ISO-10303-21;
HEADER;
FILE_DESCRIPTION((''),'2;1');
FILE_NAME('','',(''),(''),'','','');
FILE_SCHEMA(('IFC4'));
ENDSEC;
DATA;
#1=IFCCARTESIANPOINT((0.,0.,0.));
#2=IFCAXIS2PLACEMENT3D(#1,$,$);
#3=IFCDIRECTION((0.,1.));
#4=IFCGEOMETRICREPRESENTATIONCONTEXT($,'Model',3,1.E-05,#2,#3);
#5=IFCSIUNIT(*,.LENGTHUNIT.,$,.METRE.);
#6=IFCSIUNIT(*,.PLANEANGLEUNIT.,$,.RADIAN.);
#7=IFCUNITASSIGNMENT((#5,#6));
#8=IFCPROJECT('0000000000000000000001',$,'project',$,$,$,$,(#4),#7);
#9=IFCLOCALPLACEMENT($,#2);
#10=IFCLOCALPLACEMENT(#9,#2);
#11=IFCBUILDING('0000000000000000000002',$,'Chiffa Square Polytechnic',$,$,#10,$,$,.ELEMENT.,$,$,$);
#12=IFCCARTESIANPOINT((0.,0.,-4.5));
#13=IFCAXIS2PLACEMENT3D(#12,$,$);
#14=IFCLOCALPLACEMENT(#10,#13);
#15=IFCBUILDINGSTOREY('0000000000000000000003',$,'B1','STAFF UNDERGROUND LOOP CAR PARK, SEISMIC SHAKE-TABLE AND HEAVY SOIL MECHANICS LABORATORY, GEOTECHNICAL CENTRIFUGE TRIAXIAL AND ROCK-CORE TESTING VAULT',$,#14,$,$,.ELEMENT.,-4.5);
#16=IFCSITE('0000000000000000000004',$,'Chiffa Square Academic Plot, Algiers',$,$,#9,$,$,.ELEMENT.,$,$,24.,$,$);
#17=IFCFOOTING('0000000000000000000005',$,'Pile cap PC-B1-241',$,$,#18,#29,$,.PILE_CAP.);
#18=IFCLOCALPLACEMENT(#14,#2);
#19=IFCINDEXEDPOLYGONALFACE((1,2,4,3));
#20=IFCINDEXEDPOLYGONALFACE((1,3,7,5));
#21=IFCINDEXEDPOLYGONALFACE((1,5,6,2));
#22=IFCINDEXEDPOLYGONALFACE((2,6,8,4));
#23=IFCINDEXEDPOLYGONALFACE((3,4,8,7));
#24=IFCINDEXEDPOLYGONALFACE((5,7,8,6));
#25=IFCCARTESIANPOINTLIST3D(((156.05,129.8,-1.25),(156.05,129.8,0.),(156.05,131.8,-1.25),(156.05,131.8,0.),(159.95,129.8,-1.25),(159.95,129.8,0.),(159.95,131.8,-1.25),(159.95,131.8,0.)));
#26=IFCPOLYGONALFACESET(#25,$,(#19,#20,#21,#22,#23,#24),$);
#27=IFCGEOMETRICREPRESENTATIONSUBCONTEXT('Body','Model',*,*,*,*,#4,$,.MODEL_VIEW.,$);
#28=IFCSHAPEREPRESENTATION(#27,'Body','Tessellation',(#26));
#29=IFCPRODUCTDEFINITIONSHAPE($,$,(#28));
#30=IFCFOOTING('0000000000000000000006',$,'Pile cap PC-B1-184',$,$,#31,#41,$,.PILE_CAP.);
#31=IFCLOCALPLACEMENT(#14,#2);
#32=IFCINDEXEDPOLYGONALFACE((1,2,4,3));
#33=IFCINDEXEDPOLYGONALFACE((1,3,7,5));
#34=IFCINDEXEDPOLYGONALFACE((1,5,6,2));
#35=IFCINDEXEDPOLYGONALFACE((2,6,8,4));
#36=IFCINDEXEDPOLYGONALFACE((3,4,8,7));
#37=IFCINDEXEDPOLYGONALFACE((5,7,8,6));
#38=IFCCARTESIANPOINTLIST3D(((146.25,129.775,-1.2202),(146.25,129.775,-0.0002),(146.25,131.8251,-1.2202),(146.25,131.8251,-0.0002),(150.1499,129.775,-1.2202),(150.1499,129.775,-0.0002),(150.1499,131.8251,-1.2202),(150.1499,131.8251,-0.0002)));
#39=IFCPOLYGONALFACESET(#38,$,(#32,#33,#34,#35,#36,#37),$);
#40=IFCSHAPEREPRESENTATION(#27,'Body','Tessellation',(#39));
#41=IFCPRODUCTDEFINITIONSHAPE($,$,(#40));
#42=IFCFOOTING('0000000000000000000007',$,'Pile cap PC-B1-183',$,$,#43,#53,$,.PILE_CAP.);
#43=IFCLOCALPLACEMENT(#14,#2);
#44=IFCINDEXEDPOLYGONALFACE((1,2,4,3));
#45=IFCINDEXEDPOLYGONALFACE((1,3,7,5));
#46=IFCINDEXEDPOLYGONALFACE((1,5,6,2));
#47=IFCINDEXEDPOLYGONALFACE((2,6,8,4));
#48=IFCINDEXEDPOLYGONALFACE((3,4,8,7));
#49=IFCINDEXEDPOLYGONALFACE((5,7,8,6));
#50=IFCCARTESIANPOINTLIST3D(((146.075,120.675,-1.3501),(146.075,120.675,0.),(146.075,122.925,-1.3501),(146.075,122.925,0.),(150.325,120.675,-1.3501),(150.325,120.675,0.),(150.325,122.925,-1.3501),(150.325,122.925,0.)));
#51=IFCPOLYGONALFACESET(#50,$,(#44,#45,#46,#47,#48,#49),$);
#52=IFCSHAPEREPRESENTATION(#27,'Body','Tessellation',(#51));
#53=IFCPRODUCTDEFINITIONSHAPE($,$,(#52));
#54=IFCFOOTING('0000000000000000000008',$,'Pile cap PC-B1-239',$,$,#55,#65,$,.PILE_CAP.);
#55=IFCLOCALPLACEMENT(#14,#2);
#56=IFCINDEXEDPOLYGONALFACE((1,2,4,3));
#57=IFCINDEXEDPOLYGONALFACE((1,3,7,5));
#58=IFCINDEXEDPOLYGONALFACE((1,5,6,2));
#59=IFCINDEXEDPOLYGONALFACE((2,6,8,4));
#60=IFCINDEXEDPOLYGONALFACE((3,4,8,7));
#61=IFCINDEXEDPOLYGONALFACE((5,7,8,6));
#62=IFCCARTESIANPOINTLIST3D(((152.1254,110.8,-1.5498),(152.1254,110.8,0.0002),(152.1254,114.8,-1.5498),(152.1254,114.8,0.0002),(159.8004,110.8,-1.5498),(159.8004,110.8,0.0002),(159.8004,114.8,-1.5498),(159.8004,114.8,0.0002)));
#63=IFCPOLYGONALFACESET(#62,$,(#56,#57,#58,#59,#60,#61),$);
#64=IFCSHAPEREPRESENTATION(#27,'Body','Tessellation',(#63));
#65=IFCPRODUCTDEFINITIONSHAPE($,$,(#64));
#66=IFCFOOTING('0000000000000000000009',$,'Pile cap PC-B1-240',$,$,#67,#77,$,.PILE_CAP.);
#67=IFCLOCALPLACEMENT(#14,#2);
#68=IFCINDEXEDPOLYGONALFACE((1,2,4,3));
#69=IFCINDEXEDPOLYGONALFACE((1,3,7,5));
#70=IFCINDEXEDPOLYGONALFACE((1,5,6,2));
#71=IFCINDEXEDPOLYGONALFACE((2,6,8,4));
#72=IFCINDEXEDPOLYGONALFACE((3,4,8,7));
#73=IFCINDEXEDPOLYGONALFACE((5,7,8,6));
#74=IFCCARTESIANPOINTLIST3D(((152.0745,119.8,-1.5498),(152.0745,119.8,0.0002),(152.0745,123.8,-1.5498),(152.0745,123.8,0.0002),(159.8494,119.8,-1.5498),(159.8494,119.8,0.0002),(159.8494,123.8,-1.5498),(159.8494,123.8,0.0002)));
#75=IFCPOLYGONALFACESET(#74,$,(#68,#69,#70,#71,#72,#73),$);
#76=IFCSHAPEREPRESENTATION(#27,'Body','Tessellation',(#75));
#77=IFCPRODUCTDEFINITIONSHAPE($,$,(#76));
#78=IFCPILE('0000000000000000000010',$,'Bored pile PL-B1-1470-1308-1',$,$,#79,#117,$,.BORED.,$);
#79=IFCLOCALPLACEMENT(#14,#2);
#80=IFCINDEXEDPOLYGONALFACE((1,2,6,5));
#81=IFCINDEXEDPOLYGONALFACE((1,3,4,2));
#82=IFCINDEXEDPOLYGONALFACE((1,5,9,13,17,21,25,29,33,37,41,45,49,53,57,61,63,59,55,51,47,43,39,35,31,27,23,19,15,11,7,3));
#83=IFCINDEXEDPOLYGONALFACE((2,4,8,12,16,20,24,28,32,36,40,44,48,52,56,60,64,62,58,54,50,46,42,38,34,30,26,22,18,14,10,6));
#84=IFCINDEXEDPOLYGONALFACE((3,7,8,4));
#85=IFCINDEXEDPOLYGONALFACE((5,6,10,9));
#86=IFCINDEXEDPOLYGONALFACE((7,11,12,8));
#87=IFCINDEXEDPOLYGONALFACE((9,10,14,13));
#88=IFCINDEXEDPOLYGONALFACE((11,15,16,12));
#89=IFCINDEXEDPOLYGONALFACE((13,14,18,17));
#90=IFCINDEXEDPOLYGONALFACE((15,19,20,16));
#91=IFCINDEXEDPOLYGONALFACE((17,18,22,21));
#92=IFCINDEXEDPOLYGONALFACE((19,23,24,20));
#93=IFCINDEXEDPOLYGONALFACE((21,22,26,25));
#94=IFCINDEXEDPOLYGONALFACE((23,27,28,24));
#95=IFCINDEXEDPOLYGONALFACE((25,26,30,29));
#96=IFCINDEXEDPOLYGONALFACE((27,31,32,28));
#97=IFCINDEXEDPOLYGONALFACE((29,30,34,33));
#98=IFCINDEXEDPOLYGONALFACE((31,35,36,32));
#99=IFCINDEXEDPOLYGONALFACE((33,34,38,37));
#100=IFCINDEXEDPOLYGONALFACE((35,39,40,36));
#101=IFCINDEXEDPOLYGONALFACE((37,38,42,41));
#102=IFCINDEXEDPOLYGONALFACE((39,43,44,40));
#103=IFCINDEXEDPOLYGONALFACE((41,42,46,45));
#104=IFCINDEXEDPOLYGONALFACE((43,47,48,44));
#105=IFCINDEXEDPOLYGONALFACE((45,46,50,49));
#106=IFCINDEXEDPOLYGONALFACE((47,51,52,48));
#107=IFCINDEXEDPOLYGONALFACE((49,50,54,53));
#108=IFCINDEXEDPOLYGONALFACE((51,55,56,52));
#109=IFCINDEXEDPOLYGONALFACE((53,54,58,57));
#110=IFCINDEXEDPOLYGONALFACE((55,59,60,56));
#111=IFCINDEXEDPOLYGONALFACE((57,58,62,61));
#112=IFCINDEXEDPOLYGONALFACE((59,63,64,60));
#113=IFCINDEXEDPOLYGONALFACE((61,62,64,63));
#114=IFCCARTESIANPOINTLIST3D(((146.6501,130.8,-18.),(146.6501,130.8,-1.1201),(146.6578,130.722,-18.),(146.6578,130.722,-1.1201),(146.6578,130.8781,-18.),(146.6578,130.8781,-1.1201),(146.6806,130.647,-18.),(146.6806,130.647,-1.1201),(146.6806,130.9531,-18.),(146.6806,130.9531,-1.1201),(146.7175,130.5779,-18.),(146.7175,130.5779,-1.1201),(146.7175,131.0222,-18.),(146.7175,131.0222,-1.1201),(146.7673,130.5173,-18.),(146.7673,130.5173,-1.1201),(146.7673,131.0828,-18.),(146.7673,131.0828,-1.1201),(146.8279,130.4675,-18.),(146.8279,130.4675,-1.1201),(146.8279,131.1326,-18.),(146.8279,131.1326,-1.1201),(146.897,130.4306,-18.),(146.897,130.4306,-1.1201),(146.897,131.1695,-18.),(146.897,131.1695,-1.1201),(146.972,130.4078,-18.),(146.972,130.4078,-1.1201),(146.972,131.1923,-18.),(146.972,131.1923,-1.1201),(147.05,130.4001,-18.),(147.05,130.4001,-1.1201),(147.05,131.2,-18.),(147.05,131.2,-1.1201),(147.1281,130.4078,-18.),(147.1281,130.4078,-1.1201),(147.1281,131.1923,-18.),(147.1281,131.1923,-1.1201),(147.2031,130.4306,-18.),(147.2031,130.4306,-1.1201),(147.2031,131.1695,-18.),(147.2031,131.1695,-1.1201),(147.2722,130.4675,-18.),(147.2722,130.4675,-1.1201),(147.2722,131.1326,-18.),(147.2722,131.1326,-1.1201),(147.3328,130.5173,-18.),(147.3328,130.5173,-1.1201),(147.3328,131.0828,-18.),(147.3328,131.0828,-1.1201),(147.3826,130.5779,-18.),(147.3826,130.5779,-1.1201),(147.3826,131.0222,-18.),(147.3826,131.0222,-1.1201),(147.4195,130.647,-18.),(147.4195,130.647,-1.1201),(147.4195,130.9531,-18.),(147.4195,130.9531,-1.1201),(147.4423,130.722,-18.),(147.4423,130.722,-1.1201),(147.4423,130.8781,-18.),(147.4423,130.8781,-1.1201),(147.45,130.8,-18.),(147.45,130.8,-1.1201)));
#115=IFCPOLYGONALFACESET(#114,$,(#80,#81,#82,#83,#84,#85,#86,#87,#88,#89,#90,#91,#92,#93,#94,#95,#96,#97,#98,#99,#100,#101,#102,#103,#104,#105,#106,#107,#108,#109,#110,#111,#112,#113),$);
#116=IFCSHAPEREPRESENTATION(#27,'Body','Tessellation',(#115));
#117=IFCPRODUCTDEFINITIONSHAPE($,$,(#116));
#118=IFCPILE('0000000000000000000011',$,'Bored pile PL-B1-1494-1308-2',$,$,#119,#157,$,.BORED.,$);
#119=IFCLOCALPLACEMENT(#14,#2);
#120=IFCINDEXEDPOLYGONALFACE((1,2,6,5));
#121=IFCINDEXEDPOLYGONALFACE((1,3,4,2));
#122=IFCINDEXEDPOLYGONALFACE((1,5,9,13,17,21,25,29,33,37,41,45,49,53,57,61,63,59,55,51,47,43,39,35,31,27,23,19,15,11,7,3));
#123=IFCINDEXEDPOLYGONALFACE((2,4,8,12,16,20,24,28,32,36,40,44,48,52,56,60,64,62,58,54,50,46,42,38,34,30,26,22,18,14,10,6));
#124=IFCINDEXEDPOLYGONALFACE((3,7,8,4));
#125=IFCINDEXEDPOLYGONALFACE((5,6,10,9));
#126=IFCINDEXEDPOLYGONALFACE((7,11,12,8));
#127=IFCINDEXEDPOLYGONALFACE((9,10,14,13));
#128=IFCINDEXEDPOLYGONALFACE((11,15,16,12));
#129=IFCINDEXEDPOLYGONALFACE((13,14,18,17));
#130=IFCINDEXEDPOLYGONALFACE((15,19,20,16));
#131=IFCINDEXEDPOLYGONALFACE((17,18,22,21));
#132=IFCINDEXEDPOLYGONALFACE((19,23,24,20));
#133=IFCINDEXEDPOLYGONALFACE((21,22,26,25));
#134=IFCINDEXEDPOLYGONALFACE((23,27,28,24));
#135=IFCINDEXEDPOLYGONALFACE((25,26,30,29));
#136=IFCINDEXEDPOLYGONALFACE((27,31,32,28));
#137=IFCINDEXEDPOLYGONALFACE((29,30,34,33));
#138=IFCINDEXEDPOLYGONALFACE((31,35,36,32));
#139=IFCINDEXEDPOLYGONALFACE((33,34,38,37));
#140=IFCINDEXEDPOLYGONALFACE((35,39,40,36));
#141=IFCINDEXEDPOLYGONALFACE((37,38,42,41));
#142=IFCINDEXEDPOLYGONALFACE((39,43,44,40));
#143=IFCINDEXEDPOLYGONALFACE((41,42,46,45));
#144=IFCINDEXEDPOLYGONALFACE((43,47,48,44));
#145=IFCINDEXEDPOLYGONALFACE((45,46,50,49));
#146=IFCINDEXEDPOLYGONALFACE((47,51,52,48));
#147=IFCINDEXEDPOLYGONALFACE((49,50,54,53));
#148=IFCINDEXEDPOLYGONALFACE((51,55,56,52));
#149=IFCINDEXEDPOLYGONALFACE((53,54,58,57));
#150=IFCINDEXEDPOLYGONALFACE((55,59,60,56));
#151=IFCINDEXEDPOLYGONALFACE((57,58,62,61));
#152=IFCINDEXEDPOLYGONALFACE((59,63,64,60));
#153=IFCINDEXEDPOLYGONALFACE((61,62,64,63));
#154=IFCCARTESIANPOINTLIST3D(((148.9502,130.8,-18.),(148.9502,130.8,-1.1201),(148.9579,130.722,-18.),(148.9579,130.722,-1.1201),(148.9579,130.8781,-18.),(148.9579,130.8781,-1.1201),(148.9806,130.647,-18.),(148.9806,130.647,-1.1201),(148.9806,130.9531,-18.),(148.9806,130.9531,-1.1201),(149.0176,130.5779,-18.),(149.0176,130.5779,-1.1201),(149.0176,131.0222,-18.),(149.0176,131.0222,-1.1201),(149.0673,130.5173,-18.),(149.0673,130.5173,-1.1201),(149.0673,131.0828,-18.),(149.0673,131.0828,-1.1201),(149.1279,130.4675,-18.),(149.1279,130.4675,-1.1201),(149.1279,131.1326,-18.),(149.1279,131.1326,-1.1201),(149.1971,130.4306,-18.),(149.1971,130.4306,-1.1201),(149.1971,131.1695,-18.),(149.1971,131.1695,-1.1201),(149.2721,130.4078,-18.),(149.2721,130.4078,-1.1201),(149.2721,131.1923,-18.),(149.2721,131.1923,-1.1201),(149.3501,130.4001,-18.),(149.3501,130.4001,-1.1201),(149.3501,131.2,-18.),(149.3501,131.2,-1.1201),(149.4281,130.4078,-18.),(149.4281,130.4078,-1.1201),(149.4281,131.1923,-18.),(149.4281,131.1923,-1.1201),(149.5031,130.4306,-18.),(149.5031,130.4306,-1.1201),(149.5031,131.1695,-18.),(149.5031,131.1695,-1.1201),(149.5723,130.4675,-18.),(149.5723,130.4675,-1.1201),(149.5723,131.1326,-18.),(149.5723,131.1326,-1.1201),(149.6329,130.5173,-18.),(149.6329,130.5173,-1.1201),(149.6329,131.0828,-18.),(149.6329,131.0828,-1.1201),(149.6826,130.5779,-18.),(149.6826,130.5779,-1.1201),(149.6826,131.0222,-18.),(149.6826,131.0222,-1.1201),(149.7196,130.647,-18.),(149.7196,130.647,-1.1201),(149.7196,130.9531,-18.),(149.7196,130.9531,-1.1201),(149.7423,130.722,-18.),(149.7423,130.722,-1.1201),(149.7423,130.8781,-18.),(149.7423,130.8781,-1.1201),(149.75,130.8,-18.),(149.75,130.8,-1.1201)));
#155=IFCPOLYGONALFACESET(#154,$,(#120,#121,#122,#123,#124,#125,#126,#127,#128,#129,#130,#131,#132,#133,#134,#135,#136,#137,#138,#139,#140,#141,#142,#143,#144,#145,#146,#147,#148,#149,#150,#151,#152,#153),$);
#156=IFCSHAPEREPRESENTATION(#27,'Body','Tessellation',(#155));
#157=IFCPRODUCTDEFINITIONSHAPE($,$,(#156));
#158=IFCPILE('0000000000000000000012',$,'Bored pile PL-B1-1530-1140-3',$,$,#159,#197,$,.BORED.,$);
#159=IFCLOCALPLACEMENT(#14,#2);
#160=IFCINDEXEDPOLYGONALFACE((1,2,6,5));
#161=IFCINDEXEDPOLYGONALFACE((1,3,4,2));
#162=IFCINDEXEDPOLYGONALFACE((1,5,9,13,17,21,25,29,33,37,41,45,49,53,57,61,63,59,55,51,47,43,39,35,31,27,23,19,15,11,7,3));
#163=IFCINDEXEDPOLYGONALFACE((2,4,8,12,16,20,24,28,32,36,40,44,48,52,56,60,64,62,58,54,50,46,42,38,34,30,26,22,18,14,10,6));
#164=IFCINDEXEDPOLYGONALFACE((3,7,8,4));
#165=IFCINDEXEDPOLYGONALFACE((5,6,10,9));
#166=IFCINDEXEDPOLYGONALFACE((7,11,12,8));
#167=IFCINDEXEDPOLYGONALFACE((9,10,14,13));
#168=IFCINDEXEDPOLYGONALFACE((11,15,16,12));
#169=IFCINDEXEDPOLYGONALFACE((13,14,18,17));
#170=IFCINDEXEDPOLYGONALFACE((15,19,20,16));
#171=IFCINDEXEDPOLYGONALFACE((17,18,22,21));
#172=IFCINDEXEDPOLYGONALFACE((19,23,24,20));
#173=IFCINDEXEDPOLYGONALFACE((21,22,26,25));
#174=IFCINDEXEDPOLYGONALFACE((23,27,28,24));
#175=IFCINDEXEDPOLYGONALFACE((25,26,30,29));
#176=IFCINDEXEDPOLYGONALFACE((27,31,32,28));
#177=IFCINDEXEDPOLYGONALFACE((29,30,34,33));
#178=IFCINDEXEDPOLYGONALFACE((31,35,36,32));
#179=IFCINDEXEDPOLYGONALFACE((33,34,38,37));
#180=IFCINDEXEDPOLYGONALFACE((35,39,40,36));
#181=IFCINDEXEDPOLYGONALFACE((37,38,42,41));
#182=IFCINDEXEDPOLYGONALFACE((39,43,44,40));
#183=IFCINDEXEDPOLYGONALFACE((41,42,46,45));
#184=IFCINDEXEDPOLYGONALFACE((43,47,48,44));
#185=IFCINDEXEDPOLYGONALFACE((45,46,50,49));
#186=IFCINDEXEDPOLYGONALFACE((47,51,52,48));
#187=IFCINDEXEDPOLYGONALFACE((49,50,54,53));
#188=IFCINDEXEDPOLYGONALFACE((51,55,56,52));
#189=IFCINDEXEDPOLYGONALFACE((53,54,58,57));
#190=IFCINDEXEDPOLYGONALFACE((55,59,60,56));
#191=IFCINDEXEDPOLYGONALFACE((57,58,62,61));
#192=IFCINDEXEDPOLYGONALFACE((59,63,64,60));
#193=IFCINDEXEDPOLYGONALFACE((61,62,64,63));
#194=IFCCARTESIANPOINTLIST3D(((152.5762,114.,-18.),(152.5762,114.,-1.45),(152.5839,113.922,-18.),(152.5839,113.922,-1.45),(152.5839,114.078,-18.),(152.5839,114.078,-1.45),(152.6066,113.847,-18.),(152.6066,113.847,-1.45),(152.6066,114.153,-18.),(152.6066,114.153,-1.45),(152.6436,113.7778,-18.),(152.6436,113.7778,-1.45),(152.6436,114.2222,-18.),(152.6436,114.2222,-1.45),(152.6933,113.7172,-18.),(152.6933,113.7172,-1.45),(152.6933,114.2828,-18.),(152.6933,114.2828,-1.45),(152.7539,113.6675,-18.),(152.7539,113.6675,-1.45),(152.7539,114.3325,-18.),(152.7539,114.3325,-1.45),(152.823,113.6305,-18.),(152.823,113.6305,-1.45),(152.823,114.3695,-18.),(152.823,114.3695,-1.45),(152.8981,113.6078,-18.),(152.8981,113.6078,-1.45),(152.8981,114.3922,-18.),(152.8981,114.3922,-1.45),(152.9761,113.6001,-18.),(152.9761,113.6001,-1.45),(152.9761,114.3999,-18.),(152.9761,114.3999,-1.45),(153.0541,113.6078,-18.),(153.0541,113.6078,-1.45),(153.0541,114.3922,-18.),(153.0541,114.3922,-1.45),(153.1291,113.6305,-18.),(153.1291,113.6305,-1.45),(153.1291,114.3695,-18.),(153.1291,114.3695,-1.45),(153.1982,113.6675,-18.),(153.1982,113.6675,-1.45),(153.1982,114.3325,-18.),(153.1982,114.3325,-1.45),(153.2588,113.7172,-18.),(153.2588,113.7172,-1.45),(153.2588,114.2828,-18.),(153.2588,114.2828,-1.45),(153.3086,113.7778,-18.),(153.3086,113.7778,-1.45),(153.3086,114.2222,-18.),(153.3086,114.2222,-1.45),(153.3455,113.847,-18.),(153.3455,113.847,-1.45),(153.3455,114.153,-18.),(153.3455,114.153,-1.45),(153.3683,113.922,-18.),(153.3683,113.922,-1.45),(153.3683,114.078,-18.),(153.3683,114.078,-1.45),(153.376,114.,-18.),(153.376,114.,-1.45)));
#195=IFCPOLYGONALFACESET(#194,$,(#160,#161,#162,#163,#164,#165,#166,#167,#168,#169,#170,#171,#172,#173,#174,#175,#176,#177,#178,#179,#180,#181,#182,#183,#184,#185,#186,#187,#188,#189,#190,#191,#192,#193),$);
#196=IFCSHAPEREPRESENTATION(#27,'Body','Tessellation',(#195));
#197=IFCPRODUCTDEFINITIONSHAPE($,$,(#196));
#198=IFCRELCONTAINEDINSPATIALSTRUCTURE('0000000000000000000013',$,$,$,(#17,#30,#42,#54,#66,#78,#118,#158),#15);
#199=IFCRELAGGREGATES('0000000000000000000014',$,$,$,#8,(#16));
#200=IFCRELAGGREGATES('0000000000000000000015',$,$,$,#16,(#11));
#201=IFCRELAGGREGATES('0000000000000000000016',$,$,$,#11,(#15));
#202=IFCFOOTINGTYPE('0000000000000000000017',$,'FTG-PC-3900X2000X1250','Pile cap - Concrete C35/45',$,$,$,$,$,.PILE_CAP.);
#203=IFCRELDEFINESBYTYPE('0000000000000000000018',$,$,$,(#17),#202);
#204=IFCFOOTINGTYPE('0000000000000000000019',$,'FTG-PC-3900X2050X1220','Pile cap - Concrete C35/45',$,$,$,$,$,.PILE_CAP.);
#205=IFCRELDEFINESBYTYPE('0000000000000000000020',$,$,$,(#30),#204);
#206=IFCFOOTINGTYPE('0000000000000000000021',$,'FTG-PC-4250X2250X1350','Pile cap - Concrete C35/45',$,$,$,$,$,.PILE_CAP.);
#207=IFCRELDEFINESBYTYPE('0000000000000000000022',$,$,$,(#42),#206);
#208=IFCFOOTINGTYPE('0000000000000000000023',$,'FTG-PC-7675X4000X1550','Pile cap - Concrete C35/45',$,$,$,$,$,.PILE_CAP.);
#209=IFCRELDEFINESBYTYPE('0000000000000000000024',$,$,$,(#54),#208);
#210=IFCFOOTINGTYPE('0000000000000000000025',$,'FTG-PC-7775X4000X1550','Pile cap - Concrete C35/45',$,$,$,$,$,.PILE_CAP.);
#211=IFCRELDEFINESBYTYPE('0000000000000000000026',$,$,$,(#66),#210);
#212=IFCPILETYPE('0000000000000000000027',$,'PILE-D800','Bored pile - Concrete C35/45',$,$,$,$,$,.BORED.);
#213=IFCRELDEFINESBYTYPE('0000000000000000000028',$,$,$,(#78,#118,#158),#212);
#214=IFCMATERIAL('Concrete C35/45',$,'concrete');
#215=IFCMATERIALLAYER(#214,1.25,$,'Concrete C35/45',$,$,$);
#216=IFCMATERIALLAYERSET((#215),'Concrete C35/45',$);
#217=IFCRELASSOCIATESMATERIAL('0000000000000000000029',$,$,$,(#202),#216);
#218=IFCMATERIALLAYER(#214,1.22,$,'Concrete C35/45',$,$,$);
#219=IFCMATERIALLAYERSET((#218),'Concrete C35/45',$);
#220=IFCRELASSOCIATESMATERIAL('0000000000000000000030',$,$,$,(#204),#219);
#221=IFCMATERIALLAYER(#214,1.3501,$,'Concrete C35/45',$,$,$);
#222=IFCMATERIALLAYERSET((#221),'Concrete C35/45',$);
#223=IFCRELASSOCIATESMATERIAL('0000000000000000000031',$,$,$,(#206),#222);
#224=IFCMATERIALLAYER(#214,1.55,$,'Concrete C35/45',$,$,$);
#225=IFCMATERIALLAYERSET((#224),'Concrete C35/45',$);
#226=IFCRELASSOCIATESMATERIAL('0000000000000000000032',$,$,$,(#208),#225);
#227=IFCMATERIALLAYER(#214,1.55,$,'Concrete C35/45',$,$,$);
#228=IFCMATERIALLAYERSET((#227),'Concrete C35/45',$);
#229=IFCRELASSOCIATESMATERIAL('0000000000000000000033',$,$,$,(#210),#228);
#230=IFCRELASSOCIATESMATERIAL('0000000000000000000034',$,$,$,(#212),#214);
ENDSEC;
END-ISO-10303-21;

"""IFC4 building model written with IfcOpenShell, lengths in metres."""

from ifc_helpers import new_model, si_unit, direction, frame, origin, origin_2d, place, context, subcontext, project, spatial, rectangle, circle, extrude, material, layer, layer_set, material_profile, profile_set, type_object, element, save


model = new_model("IFC4")

# Units and contexts
model_context = context("Model", 3, precision=1e-05, world=origin(), true_north=direction((0.0, 1.0)))
body_context = subcontext(model_context, "Body", "Model", "MODEL_VIEW")
ifc_project = project(units=[si_unit("LENGTHUNIT", "METRE"), si_unit("PLANEANGLEUNIT", "RADIAN")], contexts=[model_context])

# Site, building, storey
site_placement = place(None, origin())
site = spatial("IfcSite", under=ifc_project, at=site_placement, Name="Chiffa Square Academic Plot, Algiers", CompositionType="ELEMENT", RefElevation=24.0)
building_placement = place(site_placement, origin())
building = spatial("IfcBuilding", under=site, at=building_placement, Name="Chiffa Square Polytechnic", CompositionType="ELEMENT")
storey_placement = place(building_placement, frame((0.0, 0.0, -4.5)))
storey = spatial("IfcBuildingStorey", under=building, at=storey_placement, Name="B1", Description="STAFF UNDERGROUND LOOP CAR PARK, SEISMIC SHAKE-TABLE AND HEAVY SOIL MECHANICS LABORATORY, GEOTECHNICAL CENTRIFUGE TRIAXIAL AND ROCK-CORE TESTING VAULT", CompositionType="ELEMENT", Elevation=-4.5)

# Footings
ifc_material_1 = material(Name="Concrete C35/45", Category="concrete")
ifc_layer_1 = layer(ifc_material_1, 1.25, Name="Concrete C35/45")
ifc_layer_set_1 = layer_set([ifc_layer_1], Name="Concrete C35/45")
footing_type_1 = type_object("IfcFootingType", Name="FTG-PC-3900X2000X1250", Description="Pile cap - Concrete C35/45", PredefinedType="PILE_CAP", material=ifc_layer_set_1)
footing_1_placement = place(storey_placement, frame((158.0, 130.8, -1.25), z_axis=(0.0, 0.0, 1.0), x_axis=(1.0, 0.0, 0.0)))
element("IfcFooting", 1, at=footing_1_placement, inside=storey, type_object=footing_type_1, Name="Pile cap PC-B1-241", PredefinedType="PILE_CAP", context=body_context, shape_type="SweptSolid", body=[
    extrude(rectangle(XDim=3.8999, YDim=2.0, at=origin_2d()), origin(), (0.0, 0.0, 1.0), 1.25),
])
ifc_layer_2 = layer(ifc_material_1, 1.22, Name="Concrete C35/45")
ifc_layer_set_2 = layer_set([ifc_layer_2], Name="Concrete C35/45")
footing_type_2 = type_object("IfcFootingType", Name="FTG-PC-3900X2050X1220", Description="Pile cap - Concrete C35/45", PredefinedType="PILE_CAP", material=ifc_layer_set_2)
footing_2_placement = place(storey_placement, frame((148.2, 130.8, -1.2202), z_axis=(0.0, 0.0, 1.0), x_axis=(1.0, 0.0, 0.0)))
element("IfcFooting", 2, at=footing_2_placement, inside=storey, type_object=footing_type_2, Name="Pile cap PC-B1-184", PredefinedType="PILE_CAP", context=body_context, shape_type="SweptSolid", body=[
    extrude(rectangle(XDim=3.8999, YDim=2.05, at=origin_2d()), origin(), (0.0, 0.0, 1.0), 1.22),
])
ifc_layer_3 = layer(ifc_material_1, 1.3501, Name="Concrete C35/45")
ifc_layer_set_3 = layer_set([ifc_layer_3], Name="Concrete C35/45")
footing_type_3 = type_object("IfcFootingType", Name="FTG-PC-4250X2250X1350", Description="Pile cap - Concrete C35/45", PredefinedType="PILE_CAP", material=ifc_layer_set_3)
footing_3_placement = place(storey_placement, frame((148.2, 121.8, -1.3501), z_axis=(0.0, 0.0, 1.0), x_axis=(1.0, 0.0, 0.0)))
element("IfcFooting", 3, at=footing_3_placement, inside=storey, type_object=footing_type_3, Name="Pile cap PC-B1-183", PredefinedType="PILE_CAP", context=body_context, shape_type="SweptSolid", body=[
    extrude(rectangle(XDim=4.25, YDim=2.25, at=origin_2d()), origin(), (0.0, 0.0, 1.0), 1.3501),
])
ifc_layer_4 = layer(ifc_material_1, 1.55, Name="Concrete C35/45")
ifc_layer_set_4 = layer_set([ifc_layer_4], Name="Concrete C35/45")
footing_type_4 = type_object("IfcFootingType", Name="FTG-PC-7675X4000X1550", Description="Pile cap - Concrete C35/45", PredefinedType="PILE_CAP", material=ifc_layer_set_4)
footing_4_placement = place(storey_placement, frame((155.9629, 112.8, -1.5498), z_axis=(0.0, 0.0, 1.0), x_axis=(1.0, 0.0, 0.0)))
element("IfcFooting", 4, at=footing_4_placement, inside=storey, type_object=footing_type_4, Name="Pile cap PC-B1-239", PredefinedType="PILE_CAP", context=body_context, shape_type="SweptSolid", body=[
    extrude(rectangle(XDim=7.675, YDim=4.0, at=origin_2d()), origin(), (0.0, 0.0, 1.0), 1.55),
])
ifc_layer_5 = layer(ifc_material_1, 1.55, Name="Concrete C35/45")
ifc_layer_set_5 = layer_set([ifc_layer_5], Name="Concrete C35/45")
footing_type_5 = type_object("IfcFootingType", Name="FTG-PC-7775X4000X1550", Description="Pile cap - Concrete C35/45", PredefinedType="PILE_CAP", material=ifc_layer_set_5)
footing_5_placement = place(storey_placement, frame((155.9619, 121.8, -1.5498), z_axis=(0.0, 0.0, 1.0), x_axis=(1.0, 0.0, 0.0)))
element("IfcFooting", 5, at=footing_5_placement, inside=storey, type_object=footing_type_5, Name="Pile cap PC-B1-240", PredefinedType="PILE_CAP", context=body_context, shape_type="SweptSolid", body=[
    extrude(rectangle(XDim=7.7749, YDim=4.0, at=origin_2d()), origin(), (0.0, 0.0, 1.0), 1.55),
])

# Piles
ifc_material_profile_1 = material_profile(ifc_material_1, circle(Radius=0.3999, at=origin_2d()), Name="PILE D800")
ifc_profile_set_1 = profile_set([ifc_material_profile_1], Name="Concrete C35/45")
pile_type_1 = type_object("IfcPileType", Name="PILE-D800", Description="Bored pile - Concrete C35/45", PredefinedType="BORED", material=ifc_profile_set_1)
for number, where, z_axis, x_axis, name in (
    (6, (147.05, 130.8, -1.1201), (0.0, 0.0, -1.0), (1.0, 0.0, 0.0), "Bored pile PL-B1-1470-1308-1"),
    (7, (149.3501, 130.8, -1.1201), (0.0, 0.0, -1.0), (1.0, 0.0, 0.0), "Bored pile PL-B1-1494-1308-2"),
):
    element("IfcPile", number, at=place(storey_placement, frame(where, z_axis=z_axis, x_axis=x_axis)), inside=storey, type_object=pile_type_1, Name=name, PredefinedType="BORED", context=body_context, shape_type="SweptSolid", body=[
        extrude(circle(Radius=0.3999, at=origin_2d()), origin(), (0.0, 0.0, 1.0), 16.8799),
    ])
for number, where, z_axis, x_axis, name in (
    (8, (152.9761, 114.0, -1.45), (0.0, 0.0, -1.0), (1.0, 0.0, 0.0), "Bored pile PL-B1-1530-1140-3"),
):
    element("IfcPile", number, at=place(storey_placement, frame(where, z_axis=z_axis, x_axis=x_axis)), inside=storey, type_object=pile_type_1, Name=name, PredefinedType="BORED", context=body_context, shape_type="SweptSolid", body=[
        extrude(circle(Radius=0.3999, at=origin_2d()), origin(), (0.0, 0.0, 1.0), 16.55),
    ])

save(model, "model.ifc")
